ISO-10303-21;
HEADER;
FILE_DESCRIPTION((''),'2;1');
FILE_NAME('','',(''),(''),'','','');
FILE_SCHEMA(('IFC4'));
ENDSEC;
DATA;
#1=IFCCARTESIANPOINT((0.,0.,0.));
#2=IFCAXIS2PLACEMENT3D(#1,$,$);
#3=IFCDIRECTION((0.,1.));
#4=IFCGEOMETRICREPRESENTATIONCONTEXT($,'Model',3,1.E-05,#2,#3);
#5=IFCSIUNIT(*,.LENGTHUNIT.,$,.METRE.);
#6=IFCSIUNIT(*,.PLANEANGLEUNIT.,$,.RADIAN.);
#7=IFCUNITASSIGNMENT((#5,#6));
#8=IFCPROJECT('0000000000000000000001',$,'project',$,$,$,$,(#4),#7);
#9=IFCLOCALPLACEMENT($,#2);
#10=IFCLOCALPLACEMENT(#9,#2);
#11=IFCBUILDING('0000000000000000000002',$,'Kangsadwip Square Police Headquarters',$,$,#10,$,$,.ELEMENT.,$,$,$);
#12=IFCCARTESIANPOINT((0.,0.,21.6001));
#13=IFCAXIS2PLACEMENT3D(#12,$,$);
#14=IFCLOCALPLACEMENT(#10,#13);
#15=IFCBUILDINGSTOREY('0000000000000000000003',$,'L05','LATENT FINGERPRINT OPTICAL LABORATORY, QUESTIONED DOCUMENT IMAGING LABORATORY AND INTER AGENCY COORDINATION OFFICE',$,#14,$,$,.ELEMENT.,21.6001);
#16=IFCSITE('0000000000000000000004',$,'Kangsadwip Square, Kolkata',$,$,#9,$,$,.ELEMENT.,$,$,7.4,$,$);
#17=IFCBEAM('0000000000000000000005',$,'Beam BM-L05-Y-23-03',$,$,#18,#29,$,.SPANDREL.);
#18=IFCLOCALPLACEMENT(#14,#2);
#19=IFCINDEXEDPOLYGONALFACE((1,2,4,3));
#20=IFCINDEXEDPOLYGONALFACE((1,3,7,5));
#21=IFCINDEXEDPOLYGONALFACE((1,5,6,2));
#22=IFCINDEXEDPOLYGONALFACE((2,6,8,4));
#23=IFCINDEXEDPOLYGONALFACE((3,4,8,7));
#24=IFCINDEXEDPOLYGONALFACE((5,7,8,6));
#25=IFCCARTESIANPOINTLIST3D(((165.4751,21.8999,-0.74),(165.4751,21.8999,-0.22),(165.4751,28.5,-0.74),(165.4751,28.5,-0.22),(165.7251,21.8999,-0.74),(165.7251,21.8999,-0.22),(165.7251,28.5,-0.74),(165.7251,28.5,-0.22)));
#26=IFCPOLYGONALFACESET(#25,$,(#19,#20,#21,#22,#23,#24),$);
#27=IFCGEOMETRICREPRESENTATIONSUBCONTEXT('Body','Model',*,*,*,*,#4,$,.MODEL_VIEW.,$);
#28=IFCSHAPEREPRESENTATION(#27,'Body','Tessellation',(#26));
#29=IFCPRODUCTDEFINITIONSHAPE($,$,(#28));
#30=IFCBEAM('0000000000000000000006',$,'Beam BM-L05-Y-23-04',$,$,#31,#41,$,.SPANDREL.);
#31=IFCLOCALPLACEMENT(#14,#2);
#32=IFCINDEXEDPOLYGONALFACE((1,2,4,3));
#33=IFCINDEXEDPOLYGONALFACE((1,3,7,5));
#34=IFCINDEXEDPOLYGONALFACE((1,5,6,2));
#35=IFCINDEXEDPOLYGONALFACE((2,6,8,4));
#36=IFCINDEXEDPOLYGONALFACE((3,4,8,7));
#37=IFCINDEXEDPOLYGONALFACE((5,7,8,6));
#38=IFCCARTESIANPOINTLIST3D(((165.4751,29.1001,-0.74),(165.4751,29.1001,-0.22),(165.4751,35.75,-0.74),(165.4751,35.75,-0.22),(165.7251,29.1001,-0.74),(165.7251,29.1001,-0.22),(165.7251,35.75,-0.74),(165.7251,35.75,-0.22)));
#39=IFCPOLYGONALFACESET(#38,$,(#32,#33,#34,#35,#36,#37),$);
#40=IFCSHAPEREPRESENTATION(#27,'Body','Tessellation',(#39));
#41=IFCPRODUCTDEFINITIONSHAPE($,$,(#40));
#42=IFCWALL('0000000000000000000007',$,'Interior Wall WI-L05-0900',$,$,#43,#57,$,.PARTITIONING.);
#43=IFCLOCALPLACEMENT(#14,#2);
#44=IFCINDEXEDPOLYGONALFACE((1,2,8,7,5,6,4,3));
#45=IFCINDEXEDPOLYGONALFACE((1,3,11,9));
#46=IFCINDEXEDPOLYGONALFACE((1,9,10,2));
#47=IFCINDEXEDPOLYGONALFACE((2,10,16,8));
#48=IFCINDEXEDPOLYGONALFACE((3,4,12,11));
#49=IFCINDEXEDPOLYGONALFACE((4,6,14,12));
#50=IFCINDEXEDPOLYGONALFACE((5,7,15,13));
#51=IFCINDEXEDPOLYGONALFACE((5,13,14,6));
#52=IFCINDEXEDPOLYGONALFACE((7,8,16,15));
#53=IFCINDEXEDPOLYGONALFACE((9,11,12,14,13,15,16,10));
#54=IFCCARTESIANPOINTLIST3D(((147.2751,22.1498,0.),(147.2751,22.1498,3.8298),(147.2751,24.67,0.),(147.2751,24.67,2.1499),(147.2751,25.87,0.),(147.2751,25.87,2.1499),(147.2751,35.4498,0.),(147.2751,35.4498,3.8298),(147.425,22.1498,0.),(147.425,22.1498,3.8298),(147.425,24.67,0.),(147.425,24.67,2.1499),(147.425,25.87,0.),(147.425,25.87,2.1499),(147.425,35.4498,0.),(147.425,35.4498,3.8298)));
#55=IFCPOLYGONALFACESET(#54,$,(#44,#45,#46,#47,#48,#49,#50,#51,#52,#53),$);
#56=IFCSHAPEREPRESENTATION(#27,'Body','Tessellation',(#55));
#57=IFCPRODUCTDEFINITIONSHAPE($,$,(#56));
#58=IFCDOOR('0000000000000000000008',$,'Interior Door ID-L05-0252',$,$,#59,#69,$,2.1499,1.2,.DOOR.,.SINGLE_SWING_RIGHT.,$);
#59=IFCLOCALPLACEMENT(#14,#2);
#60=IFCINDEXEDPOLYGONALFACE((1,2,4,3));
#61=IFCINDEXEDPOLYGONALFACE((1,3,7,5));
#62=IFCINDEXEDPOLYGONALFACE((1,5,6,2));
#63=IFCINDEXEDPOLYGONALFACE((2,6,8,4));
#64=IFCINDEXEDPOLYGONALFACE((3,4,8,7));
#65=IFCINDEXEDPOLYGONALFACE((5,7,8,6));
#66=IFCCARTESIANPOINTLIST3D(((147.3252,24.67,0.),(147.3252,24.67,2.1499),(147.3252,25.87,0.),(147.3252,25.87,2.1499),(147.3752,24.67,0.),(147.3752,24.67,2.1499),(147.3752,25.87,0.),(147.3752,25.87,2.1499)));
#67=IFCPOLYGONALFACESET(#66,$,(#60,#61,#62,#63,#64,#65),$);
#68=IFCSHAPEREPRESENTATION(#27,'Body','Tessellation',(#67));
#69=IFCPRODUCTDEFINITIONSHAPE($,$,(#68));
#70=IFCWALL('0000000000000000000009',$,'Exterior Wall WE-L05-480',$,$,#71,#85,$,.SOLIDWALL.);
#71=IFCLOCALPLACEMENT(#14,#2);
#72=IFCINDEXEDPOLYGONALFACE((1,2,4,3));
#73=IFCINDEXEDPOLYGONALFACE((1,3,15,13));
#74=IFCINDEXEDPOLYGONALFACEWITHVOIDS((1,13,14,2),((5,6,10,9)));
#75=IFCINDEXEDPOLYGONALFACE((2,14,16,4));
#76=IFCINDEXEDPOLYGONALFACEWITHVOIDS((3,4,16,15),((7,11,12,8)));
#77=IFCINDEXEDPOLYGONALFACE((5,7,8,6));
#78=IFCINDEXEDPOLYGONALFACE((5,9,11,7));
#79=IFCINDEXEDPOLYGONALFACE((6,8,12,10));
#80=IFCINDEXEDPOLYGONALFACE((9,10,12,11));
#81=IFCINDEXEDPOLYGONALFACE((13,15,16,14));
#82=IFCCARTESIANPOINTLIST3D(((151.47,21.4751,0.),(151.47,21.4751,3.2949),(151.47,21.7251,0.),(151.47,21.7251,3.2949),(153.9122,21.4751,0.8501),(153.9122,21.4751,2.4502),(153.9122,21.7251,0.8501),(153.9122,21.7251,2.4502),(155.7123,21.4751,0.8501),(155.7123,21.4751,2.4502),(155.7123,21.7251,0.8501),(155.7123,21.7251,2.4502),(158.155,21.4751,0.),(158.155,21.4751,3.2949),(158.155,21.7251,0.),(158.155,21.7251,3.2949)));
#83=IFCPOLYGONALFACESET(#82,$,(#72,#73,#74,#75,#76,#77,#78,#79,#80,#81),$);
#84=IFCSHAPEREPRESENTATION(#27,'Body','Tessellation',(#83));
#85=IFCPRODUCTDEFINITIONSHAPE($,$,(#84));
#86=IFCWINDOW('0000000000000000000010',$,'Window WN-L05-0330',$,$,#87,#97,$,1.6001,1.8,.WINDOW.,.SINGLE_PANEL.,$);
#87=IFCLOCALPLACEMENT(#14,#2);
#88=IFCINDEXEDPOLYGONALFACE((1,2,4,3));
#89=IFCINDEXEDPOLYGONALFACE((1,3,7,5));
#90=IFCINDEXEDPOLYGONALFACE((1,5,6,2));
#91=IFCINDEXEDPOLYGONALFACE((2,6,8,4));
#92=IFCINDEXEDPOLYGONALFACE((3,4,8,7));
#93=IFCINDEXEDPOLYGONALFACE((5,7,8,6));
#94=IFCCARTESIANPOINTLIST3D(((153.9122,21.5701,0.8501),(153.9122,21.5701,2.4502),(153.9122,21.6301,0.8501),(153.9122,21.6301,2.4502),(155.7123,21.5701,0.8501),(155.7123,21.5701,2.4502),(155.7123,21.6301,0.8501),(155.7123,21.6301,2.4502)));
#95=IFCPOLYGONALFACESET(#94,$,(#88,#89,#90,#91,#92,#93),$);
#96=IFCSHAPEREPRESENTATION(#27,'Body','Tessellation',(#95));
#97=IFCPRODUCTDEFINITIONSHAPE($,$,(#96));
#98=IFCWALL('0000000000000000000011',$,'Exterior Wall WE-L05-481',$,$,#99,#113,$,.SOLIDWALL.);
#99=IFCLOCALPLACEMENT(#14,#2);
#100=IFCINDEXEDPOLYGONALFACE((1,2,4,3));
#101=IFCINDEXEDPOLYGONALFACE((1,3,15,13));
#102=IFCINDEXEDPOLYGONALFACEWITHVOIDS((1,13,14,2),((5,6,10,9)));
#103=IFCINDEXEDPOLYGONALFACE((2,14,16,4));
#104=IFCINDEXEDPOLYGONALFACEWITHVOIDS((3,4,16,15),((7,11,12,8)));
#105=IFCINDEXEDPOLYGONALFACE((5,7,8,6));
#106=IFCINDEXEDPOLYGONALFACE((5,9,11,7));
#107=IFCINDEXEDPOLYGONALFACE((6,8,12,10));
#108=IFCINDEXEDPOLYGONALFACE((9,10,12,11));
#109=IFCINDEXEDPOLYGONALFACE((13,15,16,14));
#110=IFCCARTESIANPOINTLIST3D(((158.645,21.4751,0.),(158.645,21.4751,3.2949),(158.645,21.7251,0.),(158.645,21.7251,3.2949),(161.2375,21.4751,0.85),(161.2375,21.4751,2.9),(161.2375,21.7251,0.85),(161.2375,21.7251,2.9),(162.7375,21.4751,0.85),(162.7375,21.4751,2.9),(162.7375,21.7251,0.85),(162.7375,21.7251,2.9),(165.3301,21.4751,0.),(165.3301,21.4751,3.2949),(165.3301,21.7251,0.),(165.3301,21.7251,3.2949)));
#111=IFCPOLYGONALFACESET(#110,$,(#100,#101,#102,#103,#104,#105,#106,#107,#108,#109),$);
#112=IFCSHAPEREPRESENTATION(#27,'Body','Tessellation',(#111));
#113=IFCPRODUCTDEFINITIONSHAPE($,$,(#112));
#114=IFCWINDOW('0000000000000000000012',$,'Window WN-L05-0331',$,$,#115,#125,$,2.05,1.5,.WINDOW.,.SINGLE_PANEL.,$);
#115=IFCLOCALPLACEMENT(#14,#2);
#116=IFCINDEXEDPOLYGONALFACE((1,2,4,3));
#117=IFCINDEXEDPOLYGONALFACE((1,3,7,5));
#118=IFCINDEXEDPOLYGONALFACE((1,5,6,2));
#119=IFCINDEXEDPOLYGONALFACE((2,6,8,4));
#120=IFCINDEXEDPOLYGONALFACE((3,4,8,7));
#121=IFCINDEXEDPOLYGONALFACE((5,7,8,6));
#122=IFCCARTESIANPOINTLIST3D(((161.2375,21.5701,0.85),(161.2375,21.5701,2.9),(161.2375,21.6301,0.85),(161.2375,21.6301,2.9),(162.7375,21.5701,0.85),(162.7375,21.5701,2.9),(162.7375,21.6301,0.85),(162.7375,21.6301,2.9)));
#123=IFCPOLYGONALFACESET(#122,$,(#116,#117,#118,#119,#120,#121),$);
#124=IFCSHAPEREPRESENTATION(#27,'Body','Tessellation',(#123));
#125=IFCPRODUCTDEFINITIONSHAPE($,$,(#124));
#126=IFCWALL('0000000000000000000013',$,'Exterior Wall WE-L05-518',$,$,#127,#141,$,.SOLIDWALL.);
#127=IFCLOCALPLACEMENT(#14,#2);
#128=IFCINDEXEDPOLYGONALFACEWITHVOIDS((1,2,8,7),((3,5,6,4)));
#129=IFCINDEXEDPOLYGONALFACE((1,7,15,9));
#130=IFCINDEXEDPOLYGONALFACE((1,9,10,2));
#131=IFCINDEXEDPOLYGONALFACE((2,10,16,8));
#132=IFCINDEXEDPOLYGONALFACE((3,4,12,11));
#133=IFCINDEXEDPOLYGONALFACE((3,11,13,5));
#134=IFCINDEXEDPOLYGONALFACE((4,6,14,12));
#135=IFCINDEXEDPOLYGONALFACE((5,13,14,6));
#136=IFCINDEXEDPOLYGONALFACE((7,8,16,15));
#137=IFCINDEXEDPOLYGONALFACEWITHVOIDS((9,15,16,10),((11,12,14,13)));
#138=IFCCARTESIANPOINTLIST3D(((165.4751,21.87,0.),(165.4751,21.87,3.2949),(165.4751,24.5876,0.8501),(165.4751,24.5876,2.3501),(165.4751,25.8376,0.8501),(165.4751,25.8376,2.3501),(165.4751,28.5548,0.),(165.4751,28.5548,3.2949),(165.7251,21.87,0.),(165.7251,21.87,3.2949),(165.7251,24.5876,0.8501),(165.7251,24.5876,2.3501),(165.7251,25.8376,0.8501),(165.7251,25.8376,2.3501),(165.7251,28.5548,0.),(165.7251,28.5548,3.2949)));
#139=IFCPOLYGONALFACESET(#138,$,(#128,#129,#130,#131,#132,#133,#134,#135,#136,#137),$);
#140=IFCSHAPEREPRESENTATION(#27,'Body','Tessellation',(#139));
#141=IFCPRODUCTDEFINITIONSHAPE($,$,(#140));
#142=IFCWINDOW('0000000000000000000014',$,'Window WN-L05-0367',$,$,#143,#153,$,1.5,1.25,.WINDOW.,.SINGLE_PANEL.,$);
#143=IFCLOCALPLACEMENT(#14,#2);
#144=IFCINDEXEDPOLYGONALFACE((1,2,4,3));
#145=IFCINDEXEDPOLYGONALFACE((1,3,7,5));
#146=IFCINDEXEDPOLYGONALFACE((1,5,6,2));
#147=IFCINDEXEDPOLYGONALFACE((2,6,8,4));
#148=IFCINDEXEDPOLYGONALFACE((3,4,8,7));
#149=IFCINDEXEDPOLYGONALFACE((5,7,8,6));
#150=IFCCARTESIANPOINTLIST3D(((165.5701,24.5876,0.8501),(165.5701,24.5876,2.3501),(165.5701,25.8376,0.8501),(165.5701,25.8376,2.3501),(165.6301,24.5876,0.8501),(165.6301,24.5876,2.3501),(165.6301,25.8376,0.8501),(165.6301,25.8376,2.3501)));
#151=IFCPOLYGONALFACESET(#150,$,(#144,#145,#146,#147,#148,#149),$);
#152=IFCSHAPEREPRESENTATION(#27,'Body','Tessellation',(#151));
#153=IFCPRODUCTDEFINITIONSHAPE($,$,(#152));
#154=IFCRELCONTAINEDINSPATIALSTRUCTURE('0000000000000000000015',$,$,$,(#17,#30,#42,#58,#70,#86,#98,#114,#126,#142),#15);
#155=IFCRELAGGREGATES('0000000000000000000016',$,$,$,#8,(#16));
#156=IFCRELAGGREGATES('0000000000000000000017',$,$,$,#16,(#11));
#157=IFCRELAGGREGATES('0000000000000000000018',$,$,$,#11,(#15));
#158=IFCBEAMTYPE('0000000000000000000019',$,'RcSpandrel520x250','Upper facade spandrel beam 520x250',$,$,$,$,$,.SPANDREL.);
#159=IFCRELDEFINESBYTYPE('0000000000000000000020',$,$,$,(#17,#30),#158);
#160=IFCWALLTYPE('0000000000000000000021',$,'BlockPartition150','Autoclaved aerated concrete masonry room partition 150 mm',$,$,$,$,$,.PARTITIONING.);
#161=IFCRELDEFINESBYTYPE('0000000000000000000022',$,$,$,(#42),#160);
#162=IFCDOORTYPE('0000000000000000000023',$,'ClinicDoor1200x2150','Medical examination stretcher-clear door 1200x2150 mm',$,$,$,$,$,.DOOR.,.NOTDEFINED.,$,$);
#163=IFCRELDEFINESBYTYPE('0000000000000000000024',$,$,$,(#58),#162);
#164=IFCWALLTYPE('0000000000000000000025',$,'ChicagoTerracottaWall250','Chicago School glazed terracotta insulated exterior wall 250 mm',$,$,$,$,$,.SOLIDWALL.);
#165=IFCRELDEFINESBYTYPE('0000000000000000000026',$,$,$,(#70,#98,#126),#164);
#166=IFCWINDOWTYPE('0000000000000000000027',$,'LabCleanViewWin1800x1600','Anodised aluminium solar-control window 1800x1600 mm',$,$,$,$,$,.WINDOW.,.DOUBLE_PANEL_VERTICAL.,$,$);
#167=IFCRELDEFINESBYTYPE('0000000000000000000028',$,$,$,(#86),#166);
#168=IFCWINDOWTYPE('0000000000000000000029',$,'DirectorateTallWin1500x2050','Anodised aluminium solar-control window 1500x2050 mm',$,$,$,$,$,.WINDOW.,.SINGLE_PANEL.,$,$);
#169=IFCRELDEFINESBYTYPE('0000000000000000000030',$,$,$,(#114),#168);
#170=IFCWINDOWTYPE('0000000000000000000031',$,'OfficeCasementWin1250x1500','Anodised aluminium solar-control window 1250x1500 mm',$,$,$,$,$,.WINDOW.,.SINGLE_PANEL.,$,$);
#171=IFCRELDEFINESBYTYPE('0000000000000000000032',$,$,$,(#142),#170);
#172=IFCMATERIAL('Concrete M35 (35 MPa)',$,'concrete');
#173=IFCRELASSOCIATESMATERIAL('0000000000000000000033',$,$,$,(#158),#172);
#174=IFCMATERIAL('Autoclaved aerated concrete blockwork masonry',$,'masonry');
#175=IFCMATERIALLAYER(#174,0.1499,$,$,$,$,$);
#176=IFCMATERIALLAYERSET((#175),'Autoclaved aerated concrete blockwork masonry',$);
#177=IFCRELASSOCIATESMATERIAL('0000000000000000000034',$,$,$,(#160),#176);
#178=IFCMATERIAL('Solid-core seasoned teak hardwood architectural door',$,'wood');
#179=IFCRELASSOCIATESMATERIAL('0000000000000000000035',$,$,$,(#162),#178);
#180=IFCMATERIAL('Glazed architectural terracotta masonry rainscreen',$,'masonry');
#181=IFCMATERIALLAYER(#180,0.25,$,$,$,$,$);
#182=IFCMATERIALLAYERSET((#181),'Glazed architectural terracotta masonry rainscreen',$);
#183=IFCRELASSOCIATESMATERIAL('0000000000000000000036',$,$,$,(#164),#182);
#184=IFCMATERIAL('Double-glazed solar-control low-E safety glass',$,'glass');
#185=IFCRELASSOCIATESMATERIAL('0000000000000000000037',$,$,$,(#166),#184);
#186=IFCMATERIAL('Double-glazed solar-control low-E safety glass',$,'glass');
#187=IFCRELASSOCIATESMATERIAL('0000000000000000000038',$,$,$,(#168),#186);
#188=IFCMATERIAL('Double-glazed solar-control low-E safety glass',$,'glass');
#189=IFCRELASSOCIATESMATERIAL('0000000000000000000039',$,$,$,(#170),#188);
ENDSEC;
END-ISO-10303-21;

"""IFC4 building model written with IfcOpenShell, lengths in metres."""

from ifc_helpers import new_model, si_unit, direction, frame, frame_2d, origin, origin_2d, place, context, subcontext, project, spatial, rectangle, extrude, material, layer, layer_set, material_profile, profile_set, type_object, element, fill, save


model = new_model("IFC4")

# Units and contexts
model_context = context("Model", 3, precision=1e-05, world=origin(), true_north=direction((0.0, 1.0)))
body_context = subcontext(model_context, "Body", "Model", "MODEL_VIEW")
ifc_project = project(units=[si_unit("LENGTHUNIT", "METRE"), si_unit("PLANEANGLEUNIT", "RADIAN")], contexts=[model_context])

# Site, building, storey
site_placement = place(None, origin())
site = spatial("IfcSite", under=ifc_project, at=site_placement, Name="Kangsadwip Square, Kolkata", CompositionType="ELEMENT", RefElevation=7.4)
building_placement = place(site_placement, origin())
building = spatial("IfcBuilding", under=site, at=building_placement, Name="Kangsadwip Square Police Headquarters", CompositionType="ELEMENT")
storey_placement = place(building_placement, frame((0.0, 0.0, 21.6001)))
storey = spatial("IfcBuildingStorey", under=building, at=storey_placement, Name="L05", Description="LATENT FINGERPRINT OPTICAL LABORATORY, QUESTIONED DOCUMENT IMAGING LABORATORY AND INTER AGENCY COORDINATION OFFICE", CompositionType="ELEMENT", Elevation=21.6001)

# Beams
ifc_material_1 = material(Name="Concrete M35 (35 MPa)", Category="concrete")
ifc_material_profile_1 = material_profile(ifc_material_1, rectangle(XDim=0.25, YDim=0.52, at=origin_2d()), Name="RC SPN 520X250")
ifc_profile_set_1 = profile_set([ifc_material_profile_1], Name="Concrete M35 (35 MPa)")
beam_type_1 = type_object("IfcBeamType", Name="RcSpandrel520x250", Description="Upper facade spandrel beam 520x250", PredefinedType="SPANDREL", material=ifc_profile_set_1)
for number, where, z_axis, x_axis, name in (
    (1, (165.6001, 21.8999, -0.48), (0.0, 1.0, 0.0), (-1.0, 0.0, 0.0), "Beam BM-L05-Y-23-03"),
):
    element("IfcBeam", number, at=place(storey_placement, frame(where, z_axis=z_axis, x_axis=x_axis)), inside=storey, type_object=beam_type_1, Name=name, PredefinedType="SPANDREL", context=body_context, shape_type="SweptSolid", body=[
        extrude(rectangle(XDim=0.25, YDim=0.52, at=origin_2d()), origin(), (0.0, 0.0, 1.0), 6.6001),
    ])
beam_1_placement = place(storey_placement, frame((165.6001, 29.1001, -0.48), z_axis=(0.0, 1.0, 0.0), x_axis=(-1.0, 0.0, 0.0)))
element("IfcBeam", 2, at=beam_1_placement, inside=storey, type_object=beam_type_1, Name="Beam BM-L05-Y-23-04", PredefinedType="SPANDREL", context=body_context, shape_type="SweptSolid", body=[
    extrude(rectangle(XDim=0.25, YDim=0.52, at=origin_2d()), origin(), (0.0, 0.0, 1.0), 6.6499),
])

# Wall, opening, door
ifc_material_2 = material(Name="Autoclaved aerated concrete blockwork masonry", Category="masonry")
ifc_layer_1 = layer(ifc_material_2, 0.1499)
ifc_layer_set_1 = layer_set([ifc_layer_1], Name="Autoclaved aerated concrete blockwork masonry")
wall_type_1 = type_object("IfcWallType", Name="BlockPartition150", Description="Autoclaved aerated concrete masonry room partition 150 mm", PredefinedType="PARTITIONING", material=ifc_layer_set_1)
wall_1_placement = place(storey_placement, frame((147.3501, 22.1499, 0.0), z_axis=(0.0, 0.0, 1.0), x_axis=(0.0, 1.0, 0.0)))
wall_1 = element("IfcWall", 3, at=wall_1_placement, inside=storey, type_object=wall_type_1, Name="Interior Wall WI-L05-0900", PredefinedType="PARTITIONING", context=body_context, shape_type="SweptSolid", body=[
    extrude(rectangle(XDim=13.3, YDim=0.1499, at=frame_2d((6.6499, 0.0))), origin(), (0.0, 0.0, 1.0), 3.8298),
])
opening_1_placement = place(wall_1_placement, frame((2.52, 0.0, 0.0)))
opening_1 = element("IfcOpeningElement", 4, at=opening_1_placement, cuts=wall_1, PredefinedType="OPENING", context=body_context, shape_type="SweptSolid", body=[
    extrude(rectangle(XDim=1.2, YDim=2.1499, at=frame_2d((0.6001, 1.075))), frame((0.0, 0.085, 0.0), z_axis=(0.0, -1.0, 0.0), x_axis=(1.0, 0.0, 0.0)), (0.0, 0.0, 1.0), 0.1699),
])
ifc_material_3 = material(Name="Solid-core seasoned teak hardwood architectural door", Category="wood")
door_type = type_object("IfcDoorType", Name="ClinicDoor1200x2150", Description="Medical examination stretcher-clear door 1200x2150 mm", OperationType="NOTDEFINED", PredefinedType="DOOR", material=ifc_material_3)
door_placement = place(opening_1_placement, origin())
door = element("IfcDoor", 5, at=door_placement, inside=storey, type_object=door_type, Name="Interior Door ID-L05-0252", OperationType="SINGLE_SWING_RIGHT", OverallHeight=2.1499, OverallWidth=1.2, PredefinedType="DOOR", context=body_context, shape_type="SweptSolid", body=[
    extrude(rectangle(XDim=1.2, YDim=2.1499, at=frame_2d((0.6001, 1.075))), frame((0.0, 0.0249, 0.0), z_axis=(0.0, -1.0, 0.0), x_axis=(1.0, 0.0, 0.0)), (0.0, 0.0, 1.0), 0.05),
])
fill(opening_1, door)

# Walls, openings, windows
ifc_material_4 = material(Name="Glazed architectural terracotta masonry rainscreen", Category="masonry")
ifc_layer_2 = layer(ifc_material_4, 0.25)
ifc_layer_set_2 = layer_set([ifc_layer_2], Name="Glazed architectural terracotta masonry rainscreen")
wall_type_2 = type_object("IfcWallType", Name="ChicagoTerracottaWall250", Description="Chicago School glazed terracotta insulated exterior wall 250 mm", PredefinedType="SOLIDWALL", material=ifc_layer_set_2)
wall_2_placement = place(storey_placement, frame((151.47, 21.6001, 0.0), z_axis=(0.0, 0.0, 1.0), x_axis=(1.0, 0.0, 0.0)))
wall_2 = element("IfcWall", 6, at=wall_2_placement, inside=storey, type_object=wall_type_2, Name="Exterior Wall WE-L05-480", PredefinedType="SOLIDWALL", context=body_context, shape_type="SweptSolid", body=[
    extrude(rectangle(XDim=6.6851, YDim=0.25, at=frame_2d((3.3425, 0.0))), origin(), (0.0, 0.0, 1.0), 3.2949),
])
opening_2_placement = place(wall_2_placement, frame((2.4424, 0.0, 0.8501)))
opening_2 = element("IfcOpeningElement", 7, at=opening_2_placement, cuts=wall_2, PredefinedType="OPENING", context=body_context, shape_type="SweptSolid", body=[
    extrude(rectangle(XDim=1.8, YDim=1.6001, at=frame_2d((0.8999, 0.8))), frame((0.0, 0.135, 0.0), z_axis=(0.0, -1.0, 0.0), x_axis=(1.0, 0.0, 0.0)), (0.0, 0.0, 1.0), 0.27),
])
ifc_material_5 = material(Name="Double-glazed solar-control low-E safety glass", Category="glass")
window_type_1 = type_object("IfcWindowType", Name="LabCleanViewWin1800x1600", Description="Anodised aluminium solar-control window 1800x1600 mm", PartitioningType="DOUBLE_PANEL_VERTICAL", PredefinedType="WINDOW", material=ifc_material_5)
window_1_placement = place(opening_2_placement, origin())
window_1 = element("IfcWindow", 8, at=window_1_placement, inside=storey, type_object=window_type_1, Name="Window WN-L05-0330", OverallHeight=1.6001, OverallWidth=1.8, PartitioningType="SINGLE_PANEL", PredefinedType="WINDOW", context=body_context, shape_type="SweptSolid", body=[
    extrude(rectangle(XDim=1.8, YDim=1.6001, at=frame_2d((0.8999, 0.8))), frame((0.0, 0.03, 0.0), z_axis=(0.0, -1.0, 0.0), x_axis=(1.0, 0.0, 0.0)), (0.0, 0.0, 1.0), 0.0601),
])
fill(opening_2, window_1)
wall_3_placement = place(storey_placement, frame((158.645, 21.6001, 0.0), z_axis=(0.0, 0.0, 1.0), x_axis=(1.0, 0.0, 0.0)))
wall_3 = element("IfcWall", 9, at=wall_3_placement, inside=storey, type_object=wall_type_2, Name="Exterior Wall WE-L05-481", PredefinedType="SOLIDWALL", context=body_context, shape_type="SweptSolid", body=[
    extrude(rectangle(XDim=6.6851, YDim=0.25, at=frame_2d((3.3425, 0.0))), origin(), (0.0, 0.0, 1.0), 3.2949),
])
opening_3_placement = place(wall_3_placement, frame((2.5925, 0.0, 0.8501)))
opening_3 = element("IfcOpeningElement", 10, at=opening_3_placement, cuts=wall_3, PredefinedType="OPENING", context=body_context, shape_type="SweptSolid", body=[
    extrude(rectangle(XDim=1.5, YDim=2.05, at=frame_2d((0.75, 1.0249))), frame((0.0, 0.135, 0.0), z_axis=(0.0, -1.0, 0.0), x_axis=(1.0, 0.0, 0.0)), (0.0, 0.0, 1.0), 0.27),
])
ifc_material_6 = material(Name="Double-glazed solar-control low-E safety glass", Category="glass")
window_type_2 = type_object("IfcWindowType", Name="DirectorateTallWin1500x2050", Description="Anodised aluminium solar-control window 1500x2050 mm", PartitioningType="SINGLE_PANEL", PredefinedType="WINDOW", material=ifc_material_6)
window_2_placement = place(opening_3_placement, origin())
window_2 = element("IfcWindow", 11, at=window_2_placement, inside=storey, type_object=window_type_2, Name="Window WN-L05-0331", OverallHeight=2.05, OverallWidth=1.5, PartitioningType="SINGLE_PANEL", PredefinedType="WINDOW", context=body_context, shape_type="SweptSolid", body=[
    extrude(rectangle(XDim=1.5, YDim=2.05, at=frame_2d((0.75, 1.0249))), frame((0.0, 0.03, 0.0), z_axis=(0.0, -1.0, 0.0), x_axis=(1.0, 0.0, 0.0)), (0.0, 0.0, 1.0), 0.0601),
])
fill(opening_3, window_2)
wall_4_placement = place(storey_placement, frame((165.6001, 21.8701, 0.0), z_axis=(0.0, 0.0, 1.0), x_axis=(0.0, 1.0, 0.0)))
wall_4 = element("IfcWall", 12, at=wall_4_placement, inside=storey, type_object=wall_type_2, Name="Exterior Wall WE-L05-518", PredefinedType="SOLIDWALL", context=body_context, shape_type="SweptSolid", body=[
    extrude(rectangle(XDim=6.6848, YDim=0.25, at=frame_2d((3.3423, 0.0))), origin(), (0.0, 0.0, 1.0), 3.2949),
])
opening_4_placement = place(wall_4_placement, frame((2.7175, 0.0, 0.8501)))
opening_4 = element("IfcOpeningElement", 13, at=opening_4_placement, cuts=wall_4, PredefinedType="OPENING", context=body_context, shape_type="SweptSolid", body=[
    extrude(rectangle(XDim=1.25, YDim=1.5, at=frame_2d((0.625, 0.75))), frame((0.0, 0.135, 0.0), z_axis=(0.0, -1.0, 0.0), x_axis=(1.0, 0.0, 0.0)), (0.0, 0.0, 1.0), 0.27),
])
ifc_material_7 = material(Name="Double-glazed solar-control low-E safety glass", Category="glass")
window_type_3 = type_object("IfcWindowType", Name="OfficeCasementWin1250x1500", Description="Anodised aluminium solar-control window 1250x1500 mm", PartitioningType="SINGLE_PANEL", PredefinedType="WINDOW", material=ifc_material_7)
window_3_placement = place(opening_4_placement, origin())
window_3 = element("IfcWindow", 14, at=window_3_placement, inside=storey, type_object=window_type_3, Name="Window WN-L05-0367", OverallHeight=1.5, OverallWidth=1.25, PartitioningType="SINGLE_PANEL", PredefinedType="WINDOW", context=body_context, shape_type="SweptSolid", body=[
    extrude(rectangle(XDim=1.25, YDim=1.5, at=frame_2d((0.625, 0.75))), frame((0.0, 0.03, 0.0), z_axis=(0.0, -1.0, 0.0), x_axis=(1.0, 0.0, 0.0)), (0.0, 0.0, 1.0), 0.0601),
])
fill(opening_4, window_3)

save(model, "model.ifc")
